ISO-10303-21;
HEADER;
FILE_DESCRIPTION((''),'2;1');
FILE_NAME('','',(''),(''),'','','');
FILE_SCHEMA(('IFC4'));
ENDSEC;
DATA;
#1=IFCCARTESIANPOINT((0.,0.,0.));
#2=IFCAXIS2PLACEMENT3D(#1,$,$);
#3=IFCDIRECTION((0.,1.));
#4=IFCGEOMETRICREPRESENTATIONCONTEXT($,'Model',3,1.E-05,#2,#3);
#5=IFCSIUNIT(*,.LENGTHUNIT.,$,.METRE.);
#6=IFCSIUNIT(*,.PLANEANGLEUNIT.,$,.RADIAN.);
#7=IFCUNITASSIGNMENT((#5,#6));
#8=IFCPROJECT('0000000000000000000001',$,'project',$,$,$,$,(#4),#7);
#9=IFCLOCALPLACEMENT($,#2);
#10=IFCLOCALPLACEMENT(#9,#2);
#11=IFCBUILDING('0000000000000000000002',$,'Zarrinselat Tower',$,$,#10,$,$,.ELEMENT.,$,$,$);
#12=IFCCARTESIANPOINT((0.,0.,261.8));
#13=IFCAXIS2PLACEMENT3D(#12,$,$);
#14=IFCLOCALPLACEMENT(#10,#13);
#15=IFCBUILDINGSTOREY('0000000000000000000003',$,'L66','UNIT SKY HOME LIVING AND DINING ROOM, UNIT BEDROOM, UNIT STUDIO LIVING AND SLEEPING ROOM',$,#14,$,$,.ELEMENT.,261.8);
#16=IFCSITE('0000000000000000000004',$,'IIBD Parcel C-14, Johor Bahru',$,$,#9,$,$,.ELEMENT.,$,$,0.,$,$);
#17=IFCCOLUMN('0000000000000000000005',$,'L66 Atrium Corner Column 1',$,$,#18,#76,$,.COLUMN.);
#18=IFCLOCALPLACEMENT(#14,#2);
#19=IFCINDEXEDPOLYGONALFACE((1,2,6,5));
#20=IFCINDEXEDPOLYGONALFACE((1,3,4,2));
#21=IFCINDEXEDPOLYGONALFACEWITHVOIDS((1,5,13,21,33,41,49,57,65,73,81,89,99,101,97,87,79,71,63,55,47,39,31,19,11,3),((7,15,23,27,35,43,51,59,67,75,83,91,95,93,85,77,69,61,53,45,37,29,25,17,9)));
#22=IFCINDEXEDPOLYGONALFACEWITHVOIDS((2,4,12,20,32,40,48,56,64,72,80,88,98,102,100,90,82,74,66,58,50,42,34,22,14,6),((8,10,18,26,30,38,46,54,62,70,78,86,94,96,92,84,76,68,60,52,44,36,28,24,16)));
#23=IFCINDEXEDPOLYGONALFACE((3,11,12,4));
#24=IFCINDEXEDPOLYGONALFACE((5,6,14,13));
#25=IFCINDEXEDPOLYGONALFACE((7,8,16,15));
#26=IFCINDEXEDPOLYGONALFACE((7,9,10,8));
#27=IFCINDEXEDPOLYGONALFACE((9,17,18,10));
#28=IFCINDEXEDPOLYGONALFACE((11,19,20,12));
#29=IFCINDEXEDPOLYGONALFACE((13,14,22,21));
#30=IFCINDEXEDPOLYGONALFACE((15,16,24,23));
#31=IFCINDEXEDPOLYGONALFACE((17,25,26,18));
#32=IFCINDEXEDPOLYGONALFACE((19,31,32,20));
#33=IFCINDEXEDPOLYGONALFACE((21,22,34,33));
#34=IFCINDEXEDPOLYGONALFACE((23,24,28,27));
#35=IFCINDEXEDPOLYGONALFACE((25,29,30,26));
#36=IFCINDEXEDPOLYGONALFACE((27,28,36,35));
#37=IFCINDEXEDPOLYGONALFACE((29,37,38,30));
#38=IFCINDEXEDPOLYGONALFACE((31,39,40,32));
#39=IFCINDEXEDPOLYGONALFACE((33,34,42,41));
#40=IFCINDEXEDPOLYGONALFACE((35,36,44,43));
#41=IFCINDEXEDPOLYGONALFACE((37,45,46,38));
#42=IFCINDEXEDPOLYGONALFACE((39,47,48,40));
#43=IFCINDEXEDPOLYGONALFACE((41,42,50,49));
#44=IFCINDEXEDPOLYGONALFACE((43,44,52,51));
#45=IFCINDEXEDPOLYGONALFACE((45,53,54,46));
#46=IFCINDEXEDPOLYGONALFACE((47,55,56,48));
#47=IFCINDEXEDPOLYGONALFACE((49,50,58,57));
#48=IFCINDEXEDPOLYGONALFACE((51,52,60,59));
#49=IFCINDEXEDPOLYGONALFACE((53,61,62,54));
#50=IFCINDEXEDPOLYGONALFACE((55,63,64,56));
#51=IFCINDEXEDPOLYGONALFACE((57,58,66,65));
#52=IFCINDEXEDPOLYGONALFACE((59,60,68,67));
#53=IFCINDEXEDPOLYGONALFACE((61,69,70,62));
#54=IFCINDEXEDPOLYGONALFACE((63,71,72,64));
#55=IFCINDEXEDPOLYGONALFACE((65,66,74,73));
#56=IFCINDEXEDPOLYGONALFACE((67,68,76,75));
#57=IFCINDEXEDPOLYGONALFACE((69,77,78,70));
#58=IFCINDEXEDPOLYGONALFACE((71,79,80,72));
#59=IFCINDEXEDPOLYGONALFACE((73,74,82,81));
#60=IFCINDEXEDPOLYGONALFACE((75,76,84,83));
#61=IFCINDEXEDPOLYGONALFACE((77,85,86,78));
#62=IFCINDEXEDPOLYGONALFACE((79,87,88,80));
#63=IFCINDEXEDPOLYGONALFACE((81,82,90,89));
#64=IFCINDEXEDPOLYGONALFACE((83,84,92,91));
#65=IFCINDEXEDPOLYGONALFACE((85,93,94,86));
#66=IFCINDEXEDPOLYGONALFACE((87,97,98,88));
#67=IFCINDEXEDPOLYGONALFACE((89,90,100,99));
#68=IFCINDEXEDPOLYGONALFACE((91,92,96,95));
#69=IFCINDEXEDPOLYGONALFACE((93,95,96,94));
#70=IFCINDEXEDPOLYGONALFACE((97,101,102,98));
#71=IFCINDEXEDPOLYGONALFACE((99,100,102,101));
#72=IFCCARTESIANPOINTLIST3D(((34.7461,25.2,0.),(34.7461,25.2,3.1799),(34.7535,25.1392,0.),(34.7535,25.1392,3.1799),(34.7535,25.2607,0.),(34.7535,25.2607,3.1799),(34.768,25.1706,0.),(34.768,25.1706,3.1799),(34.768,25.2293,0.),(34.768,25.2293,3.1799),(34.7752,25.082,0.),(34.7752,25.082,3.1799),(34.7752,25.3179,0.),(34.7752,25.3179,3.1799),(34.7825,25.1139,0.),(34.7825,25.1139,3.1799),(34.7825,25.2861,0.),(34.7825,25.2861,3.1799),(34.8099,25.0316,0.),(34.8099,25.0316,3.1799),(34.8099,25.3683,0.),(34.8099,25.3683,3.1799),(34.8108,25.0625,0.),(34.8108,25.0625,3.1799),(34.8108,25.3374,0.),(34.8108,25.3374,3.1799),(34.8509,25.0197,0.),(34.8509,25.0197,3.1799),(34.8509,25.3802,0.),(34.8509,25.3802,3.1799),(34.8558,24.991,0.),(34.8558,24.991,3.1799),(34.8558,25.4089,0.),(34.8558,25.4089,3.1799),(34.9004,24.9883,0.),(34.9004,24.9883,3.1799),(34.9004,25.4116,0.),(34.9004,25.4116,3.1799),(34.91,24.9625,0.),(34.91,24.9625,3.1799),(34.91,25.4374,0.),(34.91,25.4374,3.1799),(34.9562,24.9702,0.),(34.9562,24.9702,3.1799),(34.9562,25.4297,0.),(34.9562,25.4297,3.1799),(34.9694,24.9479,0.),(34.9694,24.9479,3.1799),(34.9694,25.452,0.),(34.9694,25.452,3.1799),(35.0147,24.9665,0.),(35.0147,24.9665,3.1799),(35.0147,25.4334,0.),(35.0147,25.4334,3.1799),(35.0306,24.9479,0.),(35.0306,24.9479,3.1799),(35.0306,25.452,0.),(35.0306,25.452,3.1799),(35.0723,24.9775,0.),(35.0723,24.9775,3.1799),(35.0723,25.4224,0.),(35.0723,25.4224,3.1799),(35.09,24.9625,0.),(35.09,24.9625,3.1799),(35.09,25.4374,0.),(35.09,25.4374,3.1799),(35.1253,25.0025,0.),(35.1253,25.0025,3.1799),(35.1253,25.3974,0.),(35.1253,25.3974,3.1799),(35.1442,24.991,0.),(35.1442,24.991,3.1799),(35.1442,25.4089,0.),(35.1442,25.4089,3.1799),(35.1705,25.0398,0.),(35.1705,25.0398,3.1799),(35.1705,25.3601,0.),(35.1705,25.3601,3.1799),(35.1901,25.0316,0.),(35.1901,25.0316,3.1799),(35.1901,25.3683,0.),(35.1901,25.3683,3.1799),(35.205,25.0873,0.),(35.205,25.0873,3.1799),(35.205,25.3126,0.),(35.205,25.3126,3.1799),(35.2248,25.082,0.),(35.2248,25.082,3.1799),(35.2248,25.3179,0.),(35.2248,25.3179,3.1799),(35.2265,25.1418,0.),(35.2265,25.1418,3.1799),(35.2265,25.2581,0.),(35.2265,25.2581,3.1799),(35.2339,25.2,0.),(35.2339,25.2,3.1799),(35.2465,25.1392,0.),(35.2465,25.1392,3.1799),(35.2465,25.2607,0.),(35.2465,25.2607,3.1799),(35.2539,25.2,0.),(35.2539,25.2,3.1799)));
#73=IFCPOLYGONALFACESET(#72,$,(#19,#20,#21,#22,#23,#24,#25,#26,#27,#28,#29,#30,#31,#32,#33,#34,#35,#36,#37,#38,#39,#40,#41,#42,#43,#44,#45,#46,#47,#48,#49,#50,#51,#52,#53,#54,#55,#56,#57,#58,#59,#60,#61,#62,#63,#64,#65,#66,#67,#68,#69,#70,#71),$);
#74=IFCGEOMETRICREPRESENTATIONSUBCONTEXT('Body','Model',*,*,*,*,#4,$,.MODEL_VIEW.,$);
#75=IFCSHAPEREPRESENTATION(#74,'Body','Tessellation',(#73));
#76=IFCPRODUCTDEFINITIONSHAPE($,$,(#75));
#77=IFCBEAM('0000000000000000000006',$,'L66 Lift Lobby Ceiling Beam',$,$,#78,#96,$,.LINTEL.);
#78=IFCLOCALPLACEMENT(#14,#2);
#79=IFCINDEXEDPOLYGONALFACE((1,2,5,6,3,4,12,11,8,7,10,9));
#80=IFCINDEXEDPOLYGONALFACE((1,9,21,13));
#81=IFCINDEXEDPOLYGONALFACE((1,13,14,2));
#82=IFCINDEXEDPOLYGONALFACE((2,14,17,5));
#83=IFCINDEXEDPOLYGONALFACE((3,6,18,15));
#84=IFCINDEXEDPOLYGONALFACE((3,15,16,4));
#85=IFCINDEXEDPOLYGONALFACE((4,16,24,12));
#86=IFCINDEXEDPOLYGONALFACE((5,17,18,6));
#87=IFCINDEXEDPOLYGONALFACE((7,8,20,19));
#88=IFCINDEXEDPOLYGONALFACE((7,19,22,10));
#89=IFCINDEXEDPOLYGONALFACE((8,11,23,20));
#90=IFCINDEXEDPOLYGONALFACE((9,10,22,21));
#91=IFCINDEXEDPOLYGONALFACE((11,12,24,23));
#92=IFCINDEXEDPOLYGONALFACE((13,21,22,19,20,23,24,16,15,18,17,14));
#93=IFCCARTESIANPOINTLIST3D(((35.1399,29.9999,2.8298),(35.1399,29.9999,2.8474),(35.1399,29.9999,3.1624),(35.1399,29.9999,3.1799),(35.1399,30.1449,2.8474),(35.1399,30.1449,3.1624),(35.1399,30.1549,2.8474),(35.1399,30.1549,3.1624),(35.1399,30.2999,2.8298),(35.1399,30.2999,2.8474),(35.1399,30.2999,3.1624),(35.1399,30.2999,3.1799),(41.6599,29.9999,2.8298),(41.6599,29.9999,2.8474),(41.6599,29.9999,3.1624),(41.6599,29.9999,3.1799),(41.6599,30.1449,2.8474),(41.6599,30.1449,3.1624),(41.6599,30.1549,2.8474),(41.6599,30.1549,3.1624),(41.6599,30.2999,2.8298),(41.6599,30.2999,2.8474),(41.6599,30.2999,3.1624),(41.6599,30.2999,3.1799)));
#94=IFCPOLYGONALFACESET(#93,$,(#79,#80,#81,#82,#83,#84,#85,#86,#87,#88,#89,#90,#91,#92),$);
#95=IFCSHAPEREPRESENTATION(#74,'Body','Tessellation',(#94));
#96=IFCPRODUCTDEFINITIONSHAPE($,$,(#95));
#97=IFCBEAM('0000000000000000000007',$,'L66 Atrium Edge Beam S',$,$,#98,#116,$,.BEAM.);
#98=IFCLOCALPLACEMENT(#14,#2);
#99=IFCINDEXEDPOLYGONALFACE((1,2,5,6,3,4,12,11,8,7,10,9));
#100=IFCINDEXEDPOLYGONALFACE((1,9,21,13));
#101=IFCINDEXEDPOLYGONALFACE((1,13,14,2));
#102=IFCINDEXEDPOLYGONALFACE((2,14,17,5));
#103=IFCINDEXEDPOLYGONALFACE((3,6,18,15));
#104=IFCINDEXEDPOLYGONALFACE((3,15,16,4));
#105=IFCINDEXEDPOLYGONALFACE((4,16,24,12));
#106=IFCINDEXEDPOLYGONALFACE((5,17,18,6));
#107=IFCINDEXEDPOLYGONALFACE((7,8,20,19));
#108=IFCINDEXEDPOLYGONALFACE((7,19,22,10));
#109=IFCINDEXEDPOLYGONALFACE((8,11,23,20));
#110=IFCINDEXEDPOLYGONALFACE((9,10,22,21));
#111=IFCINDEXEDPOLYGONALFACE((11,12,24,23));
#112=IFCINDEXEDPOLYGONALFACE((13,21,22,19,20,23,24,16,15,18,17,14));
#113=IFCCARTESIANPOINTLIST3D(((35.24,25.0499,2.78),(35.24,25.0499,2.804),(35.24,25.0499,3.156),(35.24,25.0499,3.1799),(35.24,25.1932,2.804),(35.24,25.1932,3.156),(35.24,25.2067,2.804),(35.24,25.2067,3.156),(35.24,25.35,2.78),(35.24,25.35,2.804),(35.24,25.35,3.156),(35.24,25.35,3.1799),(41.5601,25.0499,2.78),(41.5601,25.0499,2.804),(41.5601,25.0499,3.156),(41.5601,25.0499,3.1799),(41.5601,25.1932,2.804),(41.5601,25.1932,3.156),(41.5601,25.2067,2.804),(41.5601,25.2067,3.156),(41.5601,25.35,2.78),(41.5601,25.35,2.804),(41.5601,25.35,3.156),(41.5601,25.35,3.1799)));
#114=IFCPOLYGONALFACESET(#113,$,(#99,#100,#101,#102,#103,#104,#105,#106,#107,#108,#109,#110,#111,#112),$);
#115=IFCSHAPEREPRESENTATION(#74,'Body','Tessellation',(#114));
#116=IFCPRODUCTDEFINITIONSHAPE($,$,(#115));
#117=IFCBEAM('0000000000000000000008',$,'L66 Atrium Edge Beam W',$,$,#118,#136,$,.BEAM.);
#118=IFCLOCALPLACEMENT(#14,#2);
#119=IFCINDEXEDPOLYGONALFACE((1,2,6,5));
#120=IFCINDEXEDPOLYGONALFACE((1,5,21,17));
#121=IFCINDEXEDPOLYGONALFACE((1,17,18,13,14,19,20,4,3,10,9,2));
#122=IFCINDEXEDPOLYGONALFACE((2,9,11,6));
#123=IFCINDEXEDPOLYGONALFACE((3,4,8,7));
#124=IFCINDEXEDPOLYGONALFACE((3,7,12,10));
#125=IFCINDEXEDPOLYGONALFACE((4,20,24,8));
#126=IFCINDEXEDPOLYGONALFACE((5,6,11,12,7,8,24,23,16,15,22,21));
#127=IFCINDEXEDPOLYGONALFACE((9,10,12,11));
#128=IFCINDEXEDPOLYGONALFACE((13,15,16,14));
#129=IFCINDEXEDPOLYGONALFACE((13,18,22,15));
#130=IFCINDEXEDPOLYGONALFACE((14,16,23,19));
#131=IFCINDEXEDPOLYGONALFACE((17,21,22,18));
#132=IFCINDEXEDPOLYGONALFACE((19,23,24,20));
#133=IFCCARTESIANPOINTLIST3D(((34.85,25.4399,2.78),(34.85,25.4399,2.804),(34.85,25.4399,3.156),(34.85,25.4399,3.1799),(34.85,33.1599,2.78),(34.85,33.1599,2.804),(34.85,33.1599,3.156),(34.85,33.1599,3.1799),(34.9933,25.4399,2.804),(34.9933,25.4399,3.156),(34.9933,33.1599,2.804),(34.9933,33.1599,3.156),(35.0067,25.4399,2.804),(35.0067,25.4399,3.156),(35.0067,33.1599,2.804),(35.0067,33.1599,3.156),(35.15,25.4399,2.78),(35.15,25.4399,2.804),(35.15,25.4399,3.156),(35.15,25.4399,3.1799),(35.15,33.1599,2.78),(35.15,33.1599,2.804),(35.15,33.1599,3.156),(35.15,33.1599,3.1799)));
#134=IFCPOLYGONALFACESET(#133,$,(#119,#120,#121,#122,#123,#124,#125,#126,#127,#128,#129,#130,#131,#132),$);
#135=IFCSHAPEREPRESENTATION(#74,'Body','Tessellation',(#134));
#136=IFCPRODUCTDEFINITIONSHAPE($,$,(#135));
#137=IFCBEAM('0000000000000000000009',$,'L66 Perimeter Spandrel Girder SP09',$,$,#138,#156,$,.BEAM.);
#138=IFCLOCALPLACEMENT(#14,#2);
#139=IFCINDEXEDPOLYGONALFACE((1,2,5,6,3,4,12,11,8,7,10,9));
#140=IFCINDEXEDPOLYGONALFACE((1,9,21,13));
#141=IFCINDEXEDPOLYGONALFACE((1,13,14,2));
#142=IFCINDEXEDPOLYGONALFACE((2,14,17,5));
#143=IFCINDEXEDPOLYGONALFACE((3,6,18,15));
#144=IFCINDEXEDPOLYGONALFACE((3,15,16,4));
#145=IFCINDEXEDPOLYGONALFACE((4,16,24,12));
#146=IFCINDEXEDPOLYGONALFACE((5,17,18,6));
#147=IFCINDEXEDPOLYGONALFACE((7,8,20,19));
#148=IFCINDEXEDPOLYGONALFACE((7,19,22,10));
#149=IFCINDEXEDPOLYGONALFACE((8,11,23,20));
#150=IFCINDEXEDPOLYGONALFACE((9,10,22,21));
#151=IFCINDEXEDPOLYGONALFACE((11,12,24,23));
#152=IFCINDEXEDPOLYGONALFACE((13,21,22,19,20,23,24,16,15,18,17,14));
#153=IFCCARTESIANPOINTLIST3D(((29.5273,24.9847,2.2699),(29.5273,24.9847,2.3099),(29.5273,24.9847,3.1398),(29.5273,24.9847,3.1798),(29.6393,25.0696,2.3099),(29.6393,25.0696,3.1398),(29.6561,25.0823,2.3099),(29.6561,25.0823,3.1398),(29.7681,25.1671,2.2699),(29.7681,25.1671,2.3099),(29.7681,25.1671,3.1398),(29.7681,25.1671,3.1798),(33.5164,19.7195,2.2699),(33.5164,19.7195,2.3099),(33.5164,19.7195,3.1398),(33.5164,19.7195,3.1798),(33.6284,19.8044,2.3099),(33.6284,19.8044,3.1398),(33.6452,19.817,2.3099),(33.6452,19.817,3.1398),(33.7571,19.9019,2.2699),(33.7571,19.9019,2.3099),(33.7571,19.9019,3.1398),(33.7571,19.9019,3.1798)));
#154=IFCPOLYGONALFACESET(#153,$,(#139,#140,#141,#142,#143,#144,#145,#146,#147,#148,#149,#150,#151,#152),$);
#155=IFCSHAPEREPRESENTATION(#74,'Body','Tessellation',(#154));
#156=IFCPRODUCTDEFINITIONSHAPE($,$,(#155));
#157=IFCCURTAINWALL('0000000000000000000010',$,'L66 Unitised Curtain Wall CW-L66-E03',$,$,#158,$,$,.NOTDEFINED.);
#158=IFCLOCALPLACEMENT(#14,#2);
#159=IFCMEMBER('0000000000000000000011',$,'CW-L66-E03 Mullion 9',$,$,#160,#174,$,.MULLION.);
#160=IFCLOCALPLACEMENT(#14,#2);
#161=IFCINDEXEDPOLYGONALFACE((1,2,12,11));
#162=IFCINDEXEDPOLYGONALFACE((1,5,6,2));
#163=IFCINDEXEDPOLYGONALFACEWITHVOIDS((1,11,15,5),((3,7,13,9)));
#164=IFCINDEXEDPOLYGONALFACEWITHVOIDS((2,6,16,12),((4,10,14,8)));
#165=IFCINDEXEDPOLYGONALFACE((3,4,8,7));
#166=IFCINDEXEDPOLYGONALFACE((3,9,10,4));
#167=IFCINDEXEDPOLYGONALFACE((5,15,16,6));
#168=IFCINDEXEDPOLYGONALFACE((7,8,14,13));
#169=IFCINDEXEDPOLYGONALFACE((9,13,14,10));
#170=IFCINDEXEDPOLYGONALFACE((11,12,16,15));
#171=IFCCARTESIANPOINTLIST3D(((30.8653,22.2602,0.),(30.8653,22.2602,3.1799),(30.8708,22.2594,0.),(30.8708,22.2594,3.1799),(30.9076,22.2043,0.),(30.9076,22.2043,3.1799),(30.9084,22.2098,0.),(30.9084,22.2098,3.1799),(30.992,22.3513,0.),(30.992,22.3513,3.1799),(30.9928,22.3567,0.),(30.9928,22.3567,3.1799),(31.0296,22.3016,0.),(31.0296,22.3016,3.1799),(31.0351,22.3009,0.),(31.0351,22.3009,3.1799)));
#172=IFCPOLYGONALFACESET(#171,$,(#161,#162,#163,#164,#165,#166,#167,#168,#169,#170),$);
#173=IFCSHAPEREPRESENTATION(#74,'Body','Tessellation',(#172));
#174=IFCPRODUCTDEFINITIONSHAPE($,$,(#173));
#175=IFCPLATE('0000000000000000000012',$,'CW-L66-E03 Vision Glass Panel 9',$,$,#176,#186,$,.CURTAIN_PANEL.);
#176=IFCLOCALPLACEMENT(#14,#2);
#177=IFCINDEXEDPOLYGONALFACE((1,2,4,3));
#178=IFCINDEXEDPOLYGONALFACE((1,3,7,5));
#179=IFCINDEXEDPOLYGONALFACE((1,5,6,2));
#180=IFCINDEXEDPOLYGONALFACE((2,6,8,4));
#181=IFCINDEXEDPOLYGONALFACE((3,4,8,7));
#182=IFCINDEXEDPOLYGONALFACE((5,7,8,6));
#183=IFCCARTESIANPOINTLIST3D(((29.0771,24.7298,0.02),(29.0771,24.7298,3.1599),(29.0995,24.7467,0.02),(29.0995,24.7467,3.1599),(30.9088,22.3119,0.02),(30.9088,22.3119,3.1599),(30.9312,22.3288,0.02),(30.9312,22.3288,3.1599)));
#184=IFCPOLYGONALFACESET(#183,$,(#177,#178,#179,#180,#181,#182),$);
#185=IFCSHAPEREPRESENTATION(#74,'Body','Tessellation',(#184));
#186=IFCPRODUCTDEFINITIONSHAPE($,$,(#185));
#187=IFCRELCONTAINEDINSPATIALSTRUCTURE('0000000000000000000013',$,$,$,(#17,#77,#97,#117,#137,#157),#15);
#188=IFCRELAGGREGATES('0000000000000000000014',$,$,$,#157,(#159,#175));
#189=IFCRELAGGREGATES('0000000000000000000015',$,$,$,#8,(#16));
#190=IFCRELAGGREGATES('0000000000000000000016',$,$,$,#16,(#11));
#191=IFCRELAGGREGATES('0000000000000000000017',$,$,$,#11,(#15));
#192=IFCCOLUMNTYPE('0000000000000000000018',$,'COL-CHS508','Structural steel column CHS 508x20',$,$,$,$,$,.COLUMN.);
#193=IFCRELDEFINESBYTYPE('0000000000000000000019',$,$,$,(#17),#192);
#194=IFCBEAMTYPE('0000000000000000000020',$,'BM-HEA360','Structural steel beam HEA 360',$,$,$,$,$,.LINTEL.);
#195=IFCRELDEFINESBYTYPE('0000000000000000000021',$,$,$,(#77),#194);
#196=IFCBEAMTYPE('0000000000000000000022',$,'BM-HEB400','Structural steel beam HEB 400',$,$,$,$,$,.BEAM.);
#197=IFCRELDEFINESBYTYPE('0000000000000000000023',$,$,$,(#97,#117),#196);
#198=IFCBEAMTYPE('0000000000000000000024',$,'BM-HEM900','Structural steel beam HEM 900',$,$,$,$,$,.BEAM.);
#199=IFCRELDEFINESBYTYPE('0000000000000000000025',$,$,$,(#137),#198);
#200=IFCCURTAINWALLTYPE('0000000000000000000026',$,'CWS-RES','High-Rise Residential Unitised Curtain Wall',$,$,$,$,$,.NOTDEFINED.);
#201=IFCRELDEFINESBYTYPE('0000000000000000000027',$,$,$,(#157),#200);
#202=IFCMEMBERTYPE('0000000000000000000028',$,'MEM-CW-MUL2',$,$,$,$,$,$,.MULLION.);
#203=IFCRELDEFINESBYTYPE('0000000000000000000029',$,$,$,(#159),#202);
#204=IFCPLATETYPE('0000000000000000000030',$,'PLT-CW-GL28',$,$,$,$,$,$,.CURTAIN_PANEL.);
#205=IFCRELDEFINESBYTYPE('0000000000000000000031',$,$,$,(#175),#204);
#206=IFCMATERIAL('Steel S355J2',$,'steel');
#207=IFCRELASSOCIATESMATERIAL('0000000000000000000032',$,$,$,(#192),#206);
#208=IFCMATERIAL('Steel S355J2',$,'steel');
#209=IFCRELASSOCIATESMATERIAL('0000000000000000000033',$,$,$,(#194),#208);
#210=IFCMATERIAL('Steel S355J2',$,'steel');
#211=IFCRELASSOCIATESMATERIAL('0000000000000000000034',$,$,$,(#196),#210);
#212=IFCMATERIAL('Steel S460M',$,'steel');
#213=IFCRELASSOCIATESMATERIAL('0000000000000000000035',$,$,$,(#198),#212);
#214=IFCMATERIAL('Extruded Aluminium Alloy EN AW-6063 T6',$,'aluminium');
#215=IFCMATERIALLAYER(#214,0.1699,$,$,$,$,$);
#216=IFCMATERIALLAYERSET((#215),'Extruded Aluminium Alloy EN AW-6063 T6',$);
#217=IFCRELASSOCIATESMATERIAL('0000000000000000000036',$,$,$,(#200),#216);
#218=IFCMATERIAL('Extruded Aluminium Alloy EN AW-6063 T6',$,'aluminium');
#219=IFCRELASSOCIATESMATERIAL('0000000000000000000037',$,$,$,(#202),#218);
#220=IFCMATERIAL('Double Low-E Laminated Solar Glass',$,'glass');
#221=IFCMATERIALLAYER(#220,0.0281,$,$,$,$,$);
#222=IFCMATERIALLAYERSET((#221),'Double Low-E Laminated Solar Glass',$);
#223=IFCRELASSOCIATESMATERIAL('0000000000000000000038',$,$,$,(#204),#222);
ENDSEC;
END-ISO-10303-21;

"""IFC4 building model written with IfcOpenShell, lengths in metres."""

from ifc_helpers import new_model, si_unit, direction, frame, origin, origin_2d, place, context, subcontext, project, spatial, rectangle, hollow_rectangle, hollow_circle, i_section, extrude, material, layer, layer_set, material_profile, profile_set, type_object, element, aggregate, save


model = new_model("IFC4")

# Units and contexts
model_context = context("Model", 3, precision=1e-05, world=origin(), true_north=direction((0.0, 1.0)))
body_context = subcontext(model_context, "Body", "Model", "MODEL_VIEW")
ifc_project = project(units=[si_unit("LENGTHUNIT", "METRE"), si_unit("PLANEANGLEUNIT", "RADIAN")], contexts=[model_context])

# Site, building, storey
site_placement = place(None, origin())
site = spatial("IfcSite", under=ifc_project, at=site_placement, Name="IIBD Parcel C-14, Johor Bahru", CompositionType="ELEMENT", RefElevation=0.0)
building_placement = place(site_placement, origin())
building = spatial("IfcBuilding", under=site, at=building_placement, Name="Zarrinselat Tower", CompositionType="ELEMENT")
storey_placement = place(building_placement, frame((0.0, 0.0, 261.8)))
storey = spatial("IfcBuildingStorey", under=building, at=storey_placement, Name="L66", Description="UNIT SKY HOME LIVING AND DINING ROOM, UNIT BEDROOM, UNIT STUDIO LIVING AND SLEEPING ROOM", CompositionType="ELEMENT", Elevation=261.8)

# Column
ifc_material_1 = material(Name="Steel S355J2", Category="steel")
ifc_material_profile_1 = material_profile(ifc_material_1, hollow_circle(Radius=0.2539, WallThickness=0.02, at=origin_2d()), Name="CHS 508x20")
ifc_profile_set_1 = profile_set([ifc_material_profile_1], Name="Steel S355J2")
column_type = type_object("IfcColumnType", Name="COL-CHS508", Description="Structural steel column CHS 508x20", PredefinedType="COLUMN", material=ifc_profile_set_1)
column_placement = place(storey_placement, frame((35.0, 25.2, 0.0), z_axis=(0.0, 0.0, 1.0), x_axis=(1.0, 0.0, 0.0)))
element("IfcColumn", 1, at=column_placement, inside=storey, type_object=column_type, Name="L66 Atrium Corner Column 1", PredefinedType="COLUMN", context=body_context, shape_type="SweptSolid", body=[
    extrude(hollow_circle(Radius=0.2539, WallThickness=0.02, at=origin_2d()), origin(), (0.0, 0.0, 1.0), 3.1799),
])

# Beams
ifc_material_2 = material(Name="Steel S355J2", Category="steel")
ifc_material_profile_2 = material_profile(ifc_material_2, i_section(OverallWidth=0.3, OverallDepth=0.3501, WebThickness=0.01, FlangeThickness=0.0176, at=origin_2d()), Name="HEA 360")
ifc_profile_set_2 = profile_set([ifc_material_profile_2], Name="Steel S355J2")
beam_type_1 = type_object("IfcBeamType", Name="BM-HEA360", Description="Structural steel beam HEA 360", PredefinedType="LINTEL", material=ifc_profile_set_2)
beam_1_placement = place(storey_placement, frame((35.1399, 30.1499, 3.0049), z_axis=(1.0, 0.0, 0.0), x_axis=(0.0, 1.0, 0.0)))
element("IfcBeam", 2, at=beam_1_placement, inside=storey, type_object=beam_type_1, Name="L66 Lift Lobby Ceiling Beam", PredefinedType="LINTEL", context=body_context, shape_type="SweptSolid", body=[
    extrude(i_section(OverallWidth=0.3, OverallDepth=0.3501, WebThickness=0.01, FlangeThickness=0.0176, at=origin_2d()), origin(), (0.0, 0.0, 1.0), 6.52),
])
ifc_material_3 = material(Name="Steel S355J2", Category="steel")
ifc_material_profile_3 = material_profile(ifc_material_3, i_section(OverallWidth=0.3, OverallDepth=0.3999, WebThickness=0.0134, FlangeThickness=0.0239, at=origin_2d()), Name="HEB 400")
ifc_profile_set_3 = profile_set([ifc_material_profile_3], Name="Steel S355J2")
beam_type_2 = type_object("IfcBeamType", Name="BM-HEB400", Description="Structural steel beam HEB 400", PredefinedType="BEAM", material=ifc_profile_set_3)
beam_2_placement = place(storey_placement, frame((35.24, 25.2, 2.98), z_axis=(1.0, 0.0, 0.0), x_axis=(0.0, 1.0, 0.0)))
element("IfcBeam", 3, at=beam_2_placement, inside=storey, type_object=beam_type_2, Name="L66 Atrium Edge Beam S", PredefinedType="BEAM", context=body_context, shape_type="SweptSolid", body=[
    extrude(i_section(OverallWidth=0.3, OverallDepth=0.3999, WebThickness=0.0134, FlangeThickness=0.0239, at=origin_2d()), origin(), (0.0, 0.0, 1.0), 6.3201),
])
beam_3_placement = place(storey_placement, frame((35.0, 25.4399, 2.98), z_axis=(0.0, 1.0, 0.0), x_axis=(-1.0, 0.0, 0.0)))
element("IfcBeam", 4, at=beam_3_placement, inside=storey, type_object=beam_type_2, Name="L66 Atrium Edge Beam W", PredefinedType="BEAM", context=body_context, shape_type="SweptSolid", body=[
    extrude(i_section(OverallWidth=0.3, OverallDepth=0.3999, WebThickness=0.0134, FlangeThickness=0.0239, at=origin_2d()), origin(), (0.0, 0.0, 1.0), 7.72),
])
ifc_material_4 = material(Name="Steel S460M", Category="steel")
ifc_material_profile_4 = material_profile(ifc_material_4, i_section(OverallWidth=0.302, OverallDepth=0.9099, WebThickness=0.021, FlangeThickness=0.04, at=origin_2d()), Name="HEM 900")
ifc_profile_set_4 = profile_set([ifc_material_profile_4], Name="Steel S460M")
beam_type_3 = type_object("IfcBeamType", Name="BM-HEM900", Description="Structural steel beam HEM 900", PredefinedType="BEAM", material=ifc_profile_set_4)
beam_4_placement = place(storey_placement, frame((29.6477, 25.0759, 2.7249), z_axis=(0.603884, -0.797072, 0.0), x_axis=(0.797072, 0.603884, 0.0)))
element("IfcBeam", 5, at=beam_4_placement, inside=storey, type_object=beam_type_3, Name="L66 Perimeter Spandrel Girder SP09", PredefinedType="BEAM", context=body_context, shape_type="SweptSolid", body=[
    extrude(i_section(OverallWidth=0.302, OverallDepth=0.9099, WebThickness=0.021, FlangeThickness=0.04, at=origin_2d()), origin(), (0.0, 0.0, 1.0), 6.6057),
])

# Curtain wall, member, plate
ifc_material_5 = material(Name="Extruded Aluminium Alloy EN AW-6063 T6", Category="aluminium")
ifc_layer_1 = layer(ifc_material_5, 0.1699)
ifc_layer_set_1 = layer_set([ifc_layer_1], Name="Extruded Aluminium Alloy EN AW-6063 T6")
curtain_wall_type = type_object("IfcCurtainWallType", Name="CWS-RES", Description="High-Rise Residential Unitised Curtain Wall", PredefinedType="NOTDEFINED", material=ifc_layer_set_1)
curtain_wall_placement = place(storey_placement, origin())
curtain_wall = element("IfcCurtainWall", 6, at=curtain_wall_placement, inside=storey, type_object=curtain_wall_type, Name="L66 Unitised Curtain Wall CW-L66-E03", PredefinedType="NOTDEFINED")
ifc_material_6 = material(Name="Extruded Aluminium Alloy EN AW-6063 T6", Category="aluminium")
ifc_material_profile_5 = material_profile(ifc_material_6, hollow_rectangle(XDim=0.0701, YDim=0.1599, WallThickness=0.0039, at=origin_2d()), Name="RHS 160x70x4")
ifc_profile_set_5 = profile_set([ifc_material_profile_5], Name="Extruded Aluminium Alloy EN AW-6063 T6")
member_type = type_object("IfcMemberType", Name="MEM-CW-MUL2", PredefinedType="MULLION", material=ifc_profile_set_5)
member_placement = place(storey_placement, frame((30.9502, 22.2805, 0.0), z_axis=(0.0, 0.0, 1.0), x_axis=(0.603858, -0.797092, 0.0)))
member = element("IfcMember", 7, at=member_placement, type_object=member_type, Name="CW-L66-E03 Mullion 9", PredefinedType="MULLION", context=body_context, shape_type="SweptSolid", body=[
    extrude(hollow_rectangle(XDim=0.0701, YDim=0.1599, WallThickness=0.0039, at=origin_2d()), origin(), (0.0, 0.0, 1.0), 3.1799),
])
ifc_material_7 = material(Name="Double Low-E Laminated Solar Glass", Category="glass")
ifc_layer_2 = layer(ifc_material_7, 0.0281)
ifc_layer_set_2 = layer_set([ifc_layer_2], Name="Double Low-E Laminated Solar Glass")
plate_type = type_object("IfcPlateType", Name="PLT-CW-GL28", PredefinedType="CURTAIN_PANEL", material=ifc_layer_set_2)
plate_placement = place(storey_placement, frame((30.0042, 23.5293, 0.02), z_axis=(0.0, 0.0, 1.0), x_axis=(0.603858, -0.797092, 0.0)))
plate = element("IfcPlate", 8, at=plate_placement, type_object=plate_type, Name="CW-L66-E03 Vision Glass Panel 9", PredefinedType="CURTAIN_PANEL", context=body_context, shape_type="SweptSolid", body=[
    extrude(rectangle(XDim=3.0334, YDim=0.0281, at=origin_2d()), origin(), (0.0, 0.0, 1.0), 3.1399),
])
aggregate(curtain_wall, [member, plate])

save(model, "model.ifc")
